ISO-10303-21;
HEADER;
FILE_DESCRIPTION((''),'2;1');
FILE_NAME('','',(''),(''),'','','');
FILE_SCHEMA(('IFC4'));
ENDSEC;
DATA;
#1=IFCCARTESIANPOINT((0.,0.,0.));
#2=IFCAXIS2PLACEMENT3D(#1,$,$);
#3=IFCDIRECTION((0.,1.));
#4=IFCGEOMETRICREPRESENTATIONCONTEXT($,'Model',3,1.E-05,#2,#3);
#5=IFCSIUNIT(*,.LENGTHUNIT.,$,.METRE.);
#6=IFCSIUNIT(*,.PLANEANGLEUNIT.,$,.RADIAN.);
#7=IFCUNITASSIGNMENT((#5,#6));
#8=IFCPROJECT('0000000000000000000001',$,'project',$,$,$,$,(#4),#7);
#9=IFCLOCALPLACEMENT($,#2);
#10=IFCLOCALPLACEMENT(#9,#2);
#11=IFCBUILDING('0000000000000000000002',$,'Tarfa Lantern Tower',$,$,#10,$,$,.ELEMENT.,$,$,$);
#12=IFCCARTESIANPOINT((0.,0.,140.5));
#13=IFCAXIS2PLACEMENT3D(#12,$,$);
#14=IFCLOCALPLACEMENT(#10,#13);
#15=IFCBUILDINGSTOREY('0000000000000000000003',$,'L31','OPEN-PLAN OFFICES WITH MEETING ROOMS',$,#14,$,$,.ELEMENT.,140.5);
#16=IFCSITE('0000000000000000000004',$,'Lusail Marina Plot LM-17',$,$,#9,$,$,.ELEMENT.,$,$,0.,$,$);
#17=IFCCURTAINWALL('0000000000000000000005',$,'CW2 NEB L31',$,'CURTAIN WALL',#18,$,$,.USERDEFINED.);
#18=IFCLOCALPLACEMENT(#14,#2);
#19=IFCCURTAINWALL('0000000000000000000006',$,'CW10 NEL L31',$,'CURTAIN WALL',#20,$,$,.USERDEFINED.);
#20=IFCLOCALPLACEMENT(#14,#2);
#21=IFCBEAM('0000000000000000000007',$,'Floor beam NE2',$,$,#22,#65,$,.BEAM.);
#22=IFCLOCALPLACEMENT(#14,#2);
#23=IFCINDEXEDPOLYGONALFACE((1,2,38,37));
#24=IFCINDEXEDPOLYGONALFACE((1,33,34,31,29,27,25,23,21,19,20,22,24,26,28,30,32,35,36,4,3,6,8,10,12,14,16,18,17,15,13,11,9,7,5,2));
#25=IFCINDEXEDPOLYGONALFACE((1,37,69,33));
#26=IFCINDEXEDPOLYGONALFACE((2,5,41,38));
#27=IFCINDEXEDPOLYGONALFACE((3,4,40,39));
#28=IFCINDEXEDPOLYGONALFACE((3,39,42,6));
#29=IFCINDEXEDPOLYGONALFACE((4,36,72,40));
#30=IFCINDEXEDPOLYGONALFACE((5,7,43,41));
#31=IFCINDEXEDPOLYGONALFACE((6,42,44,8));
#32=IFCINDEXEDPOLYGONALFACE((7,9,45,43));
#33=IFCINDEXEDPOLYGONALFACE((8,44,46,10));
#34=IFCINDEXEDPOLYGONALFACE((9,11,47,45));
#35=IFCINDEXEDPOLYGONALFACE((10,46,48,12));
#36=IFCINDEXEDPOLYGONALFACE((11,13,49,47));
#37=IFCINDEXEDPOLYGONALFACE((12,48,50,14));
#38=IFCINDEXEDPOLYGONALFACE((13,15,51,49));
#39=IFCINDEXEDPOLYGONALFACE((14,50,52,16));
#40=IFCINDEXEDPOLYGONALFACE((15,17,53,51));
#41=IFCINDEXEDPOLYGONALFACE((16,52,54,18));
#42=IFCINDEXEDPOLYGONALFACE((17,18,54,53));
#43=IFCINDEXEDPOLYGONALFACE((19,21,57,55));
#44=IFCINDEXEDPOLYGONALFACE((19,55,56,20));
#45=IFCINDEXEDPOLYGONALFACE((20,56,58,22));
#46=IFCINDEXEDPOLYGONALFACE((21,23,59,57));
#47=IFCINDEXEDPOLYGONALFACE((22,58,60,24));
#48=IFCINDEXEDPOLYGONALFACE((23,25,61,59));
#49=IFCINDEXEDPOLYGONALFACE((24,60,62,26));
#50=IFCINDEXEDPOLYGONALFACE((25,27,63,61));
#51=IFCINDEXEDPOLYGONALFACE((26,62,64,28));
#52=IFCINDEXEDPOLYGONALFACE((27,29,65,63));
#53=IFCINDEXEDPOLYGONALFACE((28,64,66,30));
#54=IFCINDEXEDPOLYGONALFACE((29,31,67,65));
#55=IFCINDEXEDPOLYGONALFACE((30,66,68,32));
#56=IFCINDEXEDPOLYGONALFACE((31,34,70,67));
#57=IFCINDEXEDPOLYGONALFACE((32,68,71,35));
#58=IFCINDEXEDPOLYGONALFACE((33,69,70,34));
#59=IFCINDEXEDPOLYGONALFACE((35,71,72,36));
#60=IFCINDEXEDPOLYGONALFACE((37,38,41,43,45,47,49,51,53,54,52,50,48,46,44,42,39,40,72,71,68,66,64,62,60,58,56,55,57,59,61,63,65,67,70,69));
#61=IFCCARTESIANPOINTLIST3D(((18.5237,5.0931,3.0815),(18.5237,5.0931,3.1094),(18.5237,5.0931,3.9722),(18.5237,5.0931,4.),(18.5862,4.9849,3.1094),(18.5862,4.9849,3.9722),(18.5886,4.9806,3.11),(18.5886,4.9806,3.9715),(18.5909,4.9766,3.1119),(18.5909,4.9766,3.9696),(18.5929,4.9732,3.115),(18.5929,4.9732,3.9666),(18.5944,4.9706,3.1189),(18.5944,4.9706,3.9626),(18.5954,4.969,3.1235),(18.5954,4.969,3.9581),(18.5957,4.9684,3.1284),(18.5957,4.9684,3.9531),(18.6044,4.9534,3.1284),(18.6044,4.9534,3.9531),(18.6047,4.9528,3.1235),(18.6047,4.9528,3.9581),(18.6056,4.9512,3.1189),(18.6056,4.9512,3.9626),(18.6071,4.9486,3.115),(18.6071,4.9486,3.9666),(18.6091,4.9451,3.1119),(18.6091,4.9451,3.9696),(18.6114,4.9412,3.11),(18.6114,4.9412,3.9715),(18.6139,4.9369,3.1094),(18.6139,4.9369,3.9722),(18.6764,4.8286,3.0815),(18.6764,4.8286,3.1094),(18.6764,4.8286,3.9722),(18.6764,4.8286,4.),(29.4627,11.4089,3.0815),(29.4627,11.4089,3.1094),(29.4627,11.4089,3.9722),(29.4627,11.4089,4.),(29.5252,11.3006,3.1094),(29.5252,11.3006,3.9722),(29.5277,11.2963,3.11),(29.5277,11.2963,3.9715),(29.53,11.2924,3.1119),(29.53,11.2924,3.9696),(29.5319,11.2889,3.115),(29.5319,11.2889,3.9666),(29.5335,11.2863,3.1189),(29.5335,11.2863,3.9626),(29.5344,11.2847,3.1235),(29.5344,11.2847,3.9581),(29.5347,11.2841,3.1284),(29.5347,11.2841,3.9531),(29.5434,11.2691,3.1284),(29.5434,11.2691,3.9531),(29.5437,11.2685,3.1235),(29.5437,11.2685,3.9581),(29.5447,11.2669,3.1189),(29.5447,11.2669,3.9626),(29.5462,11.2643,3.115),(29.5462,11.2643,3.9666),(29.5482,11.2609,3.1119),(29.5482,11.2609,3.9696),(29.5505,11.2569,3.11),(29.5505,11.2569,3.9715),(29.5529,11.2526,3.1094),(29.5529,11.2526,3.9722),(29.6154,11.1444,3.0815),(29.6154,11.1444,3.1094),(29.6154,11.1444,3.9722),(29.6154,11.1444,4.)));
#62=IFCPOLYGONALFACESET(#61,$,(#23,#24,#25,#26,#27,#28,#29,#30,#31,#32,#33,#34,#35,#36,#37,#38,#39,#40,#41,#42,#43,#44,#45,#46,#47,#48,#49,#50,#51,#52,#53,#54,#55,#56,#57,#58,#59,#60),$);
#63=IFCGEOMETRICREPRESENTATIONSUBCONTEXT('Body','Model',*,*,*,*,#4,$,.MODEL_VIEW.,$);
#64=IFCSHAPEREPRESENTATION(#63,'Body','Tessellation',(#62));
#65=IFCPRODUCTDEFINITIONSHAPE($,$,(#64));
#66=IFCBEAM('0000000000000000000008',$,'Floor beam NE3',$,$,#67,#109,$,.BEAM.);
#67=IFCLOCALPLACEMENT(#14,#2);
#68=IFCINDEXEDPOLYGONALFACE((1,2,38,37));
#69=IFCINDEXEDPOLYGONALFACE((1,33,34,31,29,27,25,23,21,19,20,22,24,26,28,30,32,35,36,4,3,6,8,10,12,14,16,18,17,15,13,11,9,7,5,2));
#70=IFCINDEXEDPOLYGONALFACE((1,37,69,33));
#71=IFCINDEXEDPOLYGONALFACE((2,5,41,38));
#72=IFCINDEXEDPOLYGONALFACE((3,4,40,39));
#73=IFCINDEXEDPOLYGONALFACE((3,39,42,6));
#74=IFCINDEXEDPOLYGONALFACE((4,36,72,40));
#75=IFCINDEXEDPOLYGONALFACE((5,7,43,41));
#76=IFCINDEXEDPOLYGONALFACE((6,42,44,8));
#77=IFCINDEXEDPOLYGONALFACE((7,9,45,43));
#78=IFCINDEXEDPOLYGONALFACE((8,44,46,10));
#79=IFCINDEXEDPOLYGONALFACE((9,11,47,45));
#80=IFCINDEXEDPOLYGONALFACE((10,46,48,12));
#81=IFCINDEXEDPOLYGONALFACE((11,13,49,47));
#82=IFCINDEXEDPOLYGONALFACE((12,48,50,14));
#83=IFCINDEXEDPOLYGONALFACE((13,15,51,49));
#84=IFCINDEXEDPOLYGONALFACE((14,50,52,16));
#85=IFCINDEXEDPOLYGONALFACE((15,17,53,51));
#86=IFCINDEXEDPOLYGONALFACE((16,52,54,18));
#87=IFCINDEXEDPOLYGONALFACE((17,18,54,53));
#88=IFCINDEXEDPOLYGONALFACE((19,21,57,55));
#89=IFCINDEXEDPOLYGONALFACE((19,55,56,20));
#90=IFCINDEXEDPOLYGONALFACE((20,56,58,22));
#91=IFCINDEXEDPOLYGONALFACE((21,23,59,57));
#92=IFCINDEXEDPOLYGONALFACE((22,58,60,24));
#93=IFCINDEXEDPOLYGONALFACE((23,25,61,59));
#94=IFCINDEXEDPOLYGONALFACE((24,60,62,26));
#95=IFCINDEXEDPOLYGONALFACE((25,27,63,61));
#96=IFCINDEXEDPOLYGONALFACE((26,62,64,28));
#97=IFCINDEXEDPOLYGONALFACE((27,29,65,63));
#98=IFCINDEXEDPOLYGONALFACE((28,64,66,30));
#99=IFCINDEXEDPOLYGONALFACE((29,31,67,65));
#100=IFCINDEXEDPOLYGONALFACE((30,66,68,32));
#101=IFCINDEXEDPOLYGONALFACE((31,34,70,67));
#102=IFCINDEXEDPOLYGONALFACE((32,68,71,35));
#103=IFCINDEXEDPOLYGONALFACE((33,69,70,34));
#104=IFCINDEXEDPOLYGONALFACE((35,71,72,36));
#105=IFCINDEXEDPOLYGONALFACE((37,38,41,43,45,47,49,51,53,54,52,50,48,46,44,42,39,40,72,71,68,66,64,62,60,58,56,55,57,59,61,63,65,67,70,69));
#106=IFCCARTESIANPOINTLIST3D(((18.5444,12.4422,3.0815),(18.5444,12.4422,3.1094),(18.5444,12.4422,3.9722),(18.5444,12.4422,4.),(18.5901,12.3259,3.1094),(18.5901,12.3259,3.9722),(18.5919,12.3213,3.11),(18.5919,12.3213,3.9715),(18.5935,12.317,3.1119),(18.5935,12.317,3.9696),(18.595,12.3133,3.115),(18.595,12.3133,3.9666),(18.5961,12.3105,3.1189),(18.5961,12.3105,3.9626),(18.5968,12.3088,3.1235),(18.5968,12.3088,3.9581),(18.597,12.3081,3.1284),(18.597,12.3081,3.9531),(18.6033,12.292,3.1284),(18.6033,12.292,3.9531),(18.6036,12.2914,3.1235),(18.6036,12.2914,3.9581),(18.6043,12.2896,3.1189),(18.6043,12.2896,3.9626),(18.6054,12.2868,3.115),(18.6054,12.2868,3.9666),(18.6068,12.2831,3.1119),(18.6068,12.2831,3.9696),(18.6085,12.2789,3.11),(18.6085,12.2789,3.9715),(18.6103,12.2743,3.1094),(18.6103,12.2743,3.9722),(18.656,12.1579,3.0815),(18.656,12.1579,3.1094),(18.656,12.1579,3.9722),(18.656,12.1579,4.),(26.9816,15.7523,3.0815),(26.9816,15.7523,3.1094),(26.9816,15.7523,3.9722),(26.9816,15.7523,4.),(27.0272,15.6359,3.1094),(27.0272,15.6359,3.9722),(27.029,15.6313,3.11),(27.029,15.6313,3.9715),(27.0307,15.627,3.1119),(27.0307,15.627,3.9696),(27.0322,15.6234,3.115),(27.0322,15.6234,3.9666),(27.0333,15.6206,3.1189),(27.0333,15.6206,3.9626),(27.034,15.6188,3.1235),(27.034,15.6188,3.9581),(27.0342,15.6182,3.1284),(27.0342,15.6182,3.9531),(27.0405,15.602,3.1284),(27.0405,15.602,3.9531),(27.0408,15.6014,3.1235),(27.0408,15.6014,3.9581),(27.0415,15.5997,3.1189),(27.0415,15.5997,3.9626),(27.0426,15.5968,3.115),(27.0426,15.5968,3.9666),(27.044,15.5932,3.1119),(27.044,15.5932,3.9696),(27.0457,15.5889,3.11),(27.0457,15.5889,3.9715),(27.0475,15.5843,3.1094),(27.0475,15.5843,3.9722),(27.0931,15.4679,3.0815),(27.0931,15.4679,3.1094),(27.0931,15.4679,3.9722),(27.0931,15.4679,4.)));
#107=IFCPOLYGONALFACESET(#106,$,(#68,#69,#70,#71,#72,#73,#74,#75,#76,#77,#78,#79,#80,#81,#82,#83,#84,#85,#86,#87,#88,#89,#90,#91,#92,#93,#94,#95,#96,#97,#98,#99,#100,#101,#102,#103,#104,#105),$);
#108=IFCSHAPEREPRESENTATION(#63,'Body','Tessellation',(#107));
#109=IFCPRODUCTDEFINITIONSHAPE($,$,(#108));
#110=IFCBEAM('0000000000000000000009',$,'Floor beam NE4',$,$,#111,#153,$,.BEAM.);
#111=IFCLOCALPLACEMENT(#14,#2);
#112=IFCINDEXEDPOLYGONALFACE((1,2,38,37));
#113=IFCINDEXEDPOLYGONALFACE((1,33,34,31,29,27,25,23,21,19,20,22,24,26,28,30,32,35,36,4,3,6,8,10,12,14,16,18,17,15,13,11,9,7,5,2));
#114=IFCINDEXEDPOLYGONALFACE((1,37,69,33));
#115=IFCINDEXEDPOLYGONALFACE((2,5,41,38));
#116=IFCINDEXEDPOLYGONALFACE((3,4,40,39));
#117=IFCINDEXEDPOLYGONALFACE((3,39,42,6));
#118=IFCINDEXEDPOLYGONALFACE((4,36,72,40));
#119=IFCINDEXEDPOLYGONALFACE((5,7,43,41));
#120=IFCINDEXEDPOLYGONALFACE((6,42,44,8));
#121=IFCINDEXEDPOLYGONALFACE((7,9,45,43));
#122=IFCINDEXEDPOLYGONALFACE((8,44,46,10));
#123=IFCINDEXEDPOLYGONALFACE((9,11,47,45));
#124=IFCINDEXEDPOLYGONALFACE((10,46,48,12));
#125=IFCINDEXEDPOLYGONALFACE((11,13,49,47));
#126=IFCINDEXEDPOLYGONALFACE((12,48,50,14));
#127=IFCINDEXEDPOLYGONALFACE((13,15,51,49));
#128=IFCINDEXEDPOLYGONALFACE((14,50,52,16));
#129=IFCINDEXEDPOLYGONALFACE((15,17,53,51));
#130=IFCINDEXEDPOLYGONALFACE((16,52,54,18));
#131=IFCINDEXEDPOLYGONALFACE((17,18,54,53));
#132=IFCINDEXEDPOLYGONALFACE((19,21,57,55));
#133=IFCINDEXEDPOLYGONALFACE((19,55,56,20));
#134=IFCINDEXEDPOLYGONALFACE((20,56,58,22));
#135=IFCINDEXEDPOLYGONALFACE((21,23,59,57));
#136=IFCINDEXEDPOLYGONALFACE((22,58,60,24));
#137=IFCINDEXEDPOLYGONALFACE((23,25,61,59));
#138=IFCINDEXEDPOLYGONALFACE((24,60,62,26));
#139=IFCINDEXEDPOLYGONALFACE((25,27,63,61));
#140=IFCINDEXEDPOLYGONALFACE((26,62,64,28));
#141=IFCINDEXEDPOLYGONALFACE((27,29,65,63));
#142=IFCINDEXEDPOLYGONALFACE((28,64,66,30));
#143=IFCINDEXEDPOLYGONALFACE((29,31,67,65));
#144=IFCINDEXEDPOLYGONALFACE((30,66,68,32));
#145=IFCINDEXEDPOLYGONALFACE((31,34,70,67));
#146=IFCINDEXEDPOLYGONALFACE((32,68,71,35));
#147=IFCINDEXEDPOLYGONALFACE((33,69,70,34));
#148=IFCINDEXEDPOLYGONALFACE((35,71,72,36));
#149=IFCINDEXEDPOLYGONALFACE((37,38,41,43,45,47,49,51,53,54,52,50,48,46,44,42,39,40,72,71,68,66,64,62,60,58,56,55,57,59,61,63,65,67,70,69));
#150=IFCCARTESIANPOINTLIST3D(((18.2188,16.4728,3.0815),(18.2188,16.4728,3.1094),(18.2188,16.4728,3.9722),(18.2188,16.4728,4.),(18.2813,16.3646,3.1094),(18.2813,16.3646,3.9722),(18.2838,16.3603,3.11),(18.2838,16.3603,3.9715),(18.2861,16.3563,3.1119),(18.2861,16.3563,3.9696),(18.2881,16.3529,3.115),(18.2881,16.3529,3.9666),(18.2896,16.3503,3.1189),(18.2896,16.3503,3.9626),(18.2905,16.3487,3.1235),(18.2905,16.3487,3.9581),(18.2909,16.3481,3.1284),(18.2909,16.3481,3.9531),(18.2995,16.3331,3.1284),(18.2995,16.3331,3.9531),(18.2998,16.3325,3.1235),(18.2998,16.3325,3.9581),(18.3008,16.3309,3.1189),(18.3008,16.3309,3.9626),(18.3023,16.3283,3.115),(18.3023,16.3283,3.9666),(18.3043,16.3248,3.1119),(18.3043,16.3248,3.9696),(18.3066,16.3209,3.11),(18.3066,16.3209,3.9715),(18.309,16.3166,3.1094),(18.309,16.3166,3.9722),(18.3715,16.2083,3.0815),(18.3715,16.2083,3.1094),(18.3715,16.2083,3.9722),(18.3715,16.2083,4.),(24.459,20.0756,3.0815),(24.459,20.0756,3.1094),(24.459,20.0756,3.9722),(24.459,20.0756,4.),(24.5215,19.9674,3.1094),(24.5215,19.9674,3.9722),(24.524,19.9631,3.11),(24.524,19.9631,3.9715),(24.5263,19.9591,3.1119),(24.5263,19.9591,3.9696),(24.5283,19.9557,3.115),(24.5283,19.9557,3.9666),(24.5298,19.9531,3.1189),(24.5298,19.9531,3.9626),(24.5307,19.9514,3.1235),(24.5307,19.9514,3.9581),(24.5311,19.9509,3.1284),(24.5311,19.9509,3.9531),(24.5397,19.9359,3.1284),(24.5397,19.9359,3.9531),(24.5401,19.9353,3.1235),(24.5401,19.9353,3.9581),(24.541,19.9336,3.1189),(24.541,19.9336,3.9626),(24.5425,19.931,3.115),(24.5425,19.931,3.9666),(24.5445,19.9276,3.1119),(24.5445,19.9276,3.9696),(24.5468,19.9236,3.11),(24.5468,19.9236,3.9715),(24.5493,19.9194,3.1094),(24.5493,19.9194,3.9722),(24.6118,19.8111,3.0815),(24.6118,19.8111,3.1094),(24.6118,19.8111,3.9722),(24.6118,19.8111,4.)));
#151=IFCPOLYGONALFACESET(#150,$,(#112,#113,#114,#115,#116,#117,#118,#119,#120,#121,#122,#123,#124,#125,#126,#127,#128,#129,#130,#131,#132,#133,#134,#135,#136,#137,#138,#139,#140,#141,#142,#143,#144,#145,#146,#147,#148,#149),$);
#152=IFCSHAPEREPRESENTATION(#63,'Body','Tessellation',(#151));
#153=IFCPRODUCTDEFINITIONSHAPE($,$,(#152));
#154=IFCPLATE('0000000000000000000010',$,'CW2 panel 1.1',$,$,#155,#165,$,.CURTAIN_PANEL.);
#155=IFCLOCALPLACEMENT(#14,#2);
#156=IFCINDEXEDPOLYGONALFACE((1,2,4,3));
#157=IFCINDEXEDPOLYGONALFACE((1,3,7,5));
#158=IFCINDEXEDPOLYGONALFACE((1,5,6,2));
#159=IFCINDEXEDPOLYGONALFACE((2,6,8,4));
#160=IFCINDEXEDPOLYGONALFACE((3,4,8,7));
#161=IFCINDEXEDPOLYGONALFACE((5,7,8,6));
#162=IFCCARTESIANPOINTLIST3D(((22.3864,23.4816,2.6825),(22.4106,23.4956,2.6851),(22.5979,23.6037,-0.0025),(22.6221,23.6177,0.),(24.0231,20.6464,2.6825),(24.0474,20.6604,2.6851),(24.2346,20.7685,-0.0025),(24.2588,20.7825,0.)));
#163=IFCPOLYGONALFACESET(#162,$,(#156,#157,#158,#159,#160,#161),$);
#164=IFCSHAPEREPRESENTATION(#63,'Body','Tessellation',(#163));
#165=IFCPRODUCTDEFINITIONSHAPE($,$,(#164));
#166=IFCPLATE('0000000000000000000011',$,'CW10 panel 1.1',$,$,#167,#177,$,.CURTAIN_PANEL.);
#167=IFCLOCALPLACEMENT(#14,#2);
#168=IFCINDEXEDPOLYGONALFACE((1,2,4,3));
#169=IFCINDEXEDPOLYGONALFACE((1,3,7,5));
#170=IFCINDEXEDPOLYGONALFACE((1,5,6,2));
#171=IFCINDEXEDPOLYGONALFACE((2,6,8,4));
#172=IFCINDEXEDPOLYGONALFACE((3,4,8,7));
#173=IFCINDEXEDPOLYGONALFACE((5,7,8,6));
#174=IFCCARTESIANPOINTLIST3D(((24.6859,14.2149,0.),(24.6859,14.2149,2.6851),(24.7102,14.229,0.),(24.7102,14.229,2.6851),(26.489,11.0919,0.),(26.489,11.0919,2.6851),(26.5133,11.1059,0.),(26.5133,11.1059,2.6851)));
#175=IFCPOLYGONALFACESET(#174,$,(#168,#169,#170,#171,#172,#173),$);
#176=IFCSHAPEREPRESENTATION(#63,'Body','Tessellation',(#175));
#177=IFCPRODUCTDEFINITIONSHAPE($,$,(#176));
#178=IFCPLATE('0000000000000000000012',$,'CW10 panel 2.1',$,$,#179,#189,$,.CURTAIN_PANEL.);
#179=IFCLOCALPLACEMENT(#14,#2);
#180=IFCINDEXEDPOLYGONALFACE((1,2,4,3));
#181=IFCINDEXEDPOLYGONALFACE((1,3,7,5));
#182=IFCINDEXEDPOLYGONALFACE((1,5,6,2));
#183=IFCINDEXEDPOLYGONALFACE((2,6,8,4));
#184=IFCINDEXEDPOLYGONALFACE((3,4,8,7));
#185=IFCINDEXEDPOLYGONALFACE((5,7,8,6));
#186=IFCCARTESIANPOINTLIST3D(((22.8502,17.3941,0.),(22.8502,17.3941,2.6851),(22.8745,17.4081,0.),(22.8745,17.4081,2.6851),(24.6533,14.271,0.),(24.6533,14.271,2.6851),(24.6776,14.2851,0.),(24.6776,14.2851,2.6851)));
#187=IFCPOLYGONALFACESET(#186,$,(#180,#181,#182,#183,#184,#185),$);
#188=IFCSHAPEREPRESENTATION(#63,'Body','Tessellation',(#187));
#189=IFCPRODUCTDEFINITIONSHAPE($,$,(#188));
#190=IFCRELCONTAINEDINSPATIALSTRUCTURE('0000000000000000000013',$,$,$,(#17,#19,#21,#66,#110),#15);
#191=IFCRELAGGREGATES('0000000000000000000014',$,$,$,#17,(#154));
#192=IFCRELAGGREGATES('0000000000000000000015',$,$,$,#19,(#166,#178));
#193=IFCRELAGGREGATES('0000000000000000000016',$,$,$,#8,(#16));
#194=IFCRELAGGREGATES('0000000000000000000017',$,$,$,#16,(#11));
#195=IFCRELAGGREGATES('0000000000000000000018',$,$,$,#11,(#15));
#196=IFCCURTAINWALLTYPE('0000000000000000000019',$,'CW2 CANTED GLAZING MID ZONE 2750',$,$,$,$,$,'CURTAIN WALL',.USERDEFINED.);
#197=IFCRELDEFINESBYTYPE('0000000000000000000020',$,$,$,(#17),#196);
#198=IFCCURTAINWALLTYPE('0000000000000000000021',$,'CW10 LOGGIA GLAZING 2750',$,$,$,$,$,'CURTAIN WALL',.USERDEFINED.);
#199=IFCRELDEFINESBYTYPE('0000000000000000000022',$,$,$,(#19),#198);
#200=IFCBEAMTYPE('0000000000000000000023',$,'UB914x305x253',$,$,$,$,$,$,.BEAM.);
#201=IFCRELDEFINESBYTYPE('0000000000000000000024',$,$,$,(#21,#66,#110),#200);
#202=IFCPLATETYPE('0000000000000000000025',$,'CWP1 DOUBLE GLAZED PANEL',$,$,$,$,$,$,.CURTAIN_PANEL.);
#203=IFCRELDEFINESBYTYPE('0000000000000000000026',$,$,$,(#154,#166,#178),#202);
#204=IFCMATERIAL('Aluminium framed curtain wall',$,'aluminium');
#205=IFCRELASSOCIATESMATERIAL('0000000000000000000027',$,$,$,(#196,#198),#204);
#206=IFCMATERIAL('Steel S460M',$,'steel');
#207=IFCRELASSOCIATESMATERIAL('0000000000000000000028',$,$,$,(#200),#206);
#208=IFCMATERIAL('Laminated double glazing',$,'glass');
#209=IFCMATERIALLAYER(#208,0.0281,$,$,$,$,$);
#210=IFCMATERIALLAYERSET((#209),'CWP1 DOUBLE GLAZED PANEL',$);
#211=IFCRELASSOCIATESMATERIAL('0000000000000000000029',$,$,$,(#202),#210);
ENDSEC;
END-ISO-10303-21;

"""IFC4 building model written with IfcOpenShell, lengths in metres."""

from ifc_helpers import new_model, si_unit, direction, frame, origin, origin_2d, place, context, subcontext, project, spatial, polyline, rectangle, i_section, outline, extrude, material, layer, layer_set, material_profile, profile_set, type_object, element, aggregate, save


model = new_model("IFC4")

# Units and contexts
model_context = context("Model", 3, precision=1e-05, world=origin(), true_north=direction((0.0, 1.0)))
body_context = subcontext(model_context, "Body", "Model", "MODEL_VIEW")
ifc_project = project(units=[si_unit("LENGTHUNIT", "METRE"), si_unit("PLANEANGLEUNIT", "RADIAN")], contexts=[model_context])

# Site, building, storey
site_placement = place(None, origin())
site = spatial("IfcSite", under=ifc_project, at=site_placement, Name="Lusail Marina Plot LM-17", CompositionType="ELEMENT", RefElevation=0.0)
building_placement = place(site_placement, origin())
building = spatial("IfcBuilding", under=site, at=building_placement, Name="Tarfa Lantern Tower", CompositionType="ELEMENT")
storey_placement = place(building_placement, frame((0.0, 0.0, 140.5)))
storey = spatial("IfcBuildingStorey", under=building, at=storey_placement, Name="L31", Description="OPEN-PLAN OFFICES WITH MEETING ROOMS", CompositionType="ELEMENT", Elevation=140.5)

# Curtain walls
ifc_material_1 = material(Name="Aluminium framed curtain wall", Category="aluminium")
curtain_wall_type_1 = type_object("IfcCurtainWallType", Name="CW2 CANTED GLAZING MID ZONE 2750", ElementType="CURTAIN WALL", PredefinedType="USERDEFINED", material=ifc_material_1)
curtain_wall_1_placement = place(storey_placement, origin())
curtain_wall_1 = element("IfcCurtainWall", 1, at=curtain_wall_1_placement, inside=storey, type_object=curtain_wall_type_1, Name="CW2 NEB L31", ObjectType="CURTAIN WALL", PredefinedType="USERDEFINED")
curtain_wall_type_2 = type_object("IfcCurtainWallType", Name="CW10 LOGGIA GLAZING 2750", ElementType="CURTAIN WALL", PredefinedType="USERDEFINED", material=ifc_material_1)
curtain_wall_2_placement = place(storey_placement, origin())
curtain_wall_2 = element("IfcCurtainWall", 2, at=curtain_wall_2_placement, inside=storey, type_object=curtain_wall_type_2, Name="CW10 NEL L31", ObjectType="CURTAIN WALL", PredefinedType="USERDEFINED")

# Beams
ifc_material_2 = material(Name="Steel S460M", Category="steel")
ifc_material_profile_1 = material_profile(ifc_material_2, i_section(OverallWidth=0.3054, OverallDepth=0.9185, WebThickness=0.0173, FlangeThickness=0.0278, FilletRadius=0.019, at=origin_2d()), Name="UB914x305x253")
ifc_profile_set_1 = profile_set([ifc_material_profile_1], Name="Steel S460M")
beam_type_1 = type_object("IfcBeamType", Name="UB914x305x253", PredefinedType="BEAM", material=ifc_profile_set_1)
beam_1_placement = place(storey_placement, frame((29.5391, 11.2766, 3.5408), z_axis=(-0.866023, -0.500004, 0.0), x_axis=(0.500004, -0.866023, 0.0)))
element("IfcBeam", 3, at=beam_1_placement, inside=storey, type_object=beam_type_1, Name="Floor beam NE2", PredefinedType="BEAM", context=body_context, shape_type="SweptSolid", body=[
    extrude(i_section(OverallWidth=0.3054, OverallDepth=0.9185, WebThickness=0.0173, FlangeThickness=0.0278, FilletRadius=0.019, at=origin_2d()), origin(), (0.0, 0.0, 1.0), 12.6313),
])
beam_2_placement = place(storey_placement, frame((27.0374, 15.6101, 3.5408), z_axis=(-0.930923, -0.365215, 0.0), x_axis=(0.365215, -0.930923, 0.0)))
element("IfcBeam", 4, at=beam_2_placement, inside=storey, type_object=beam_type_1, Name="Floor beam NE3", PredefinedType="BEAM", context=body_context, shape_type="SweptSolid", body=[
    extrude(i_section(OverallWidth=0.3054, OverallDepth=0.9185, WebThickness=0.0173, FlangeThickness=0.0278, FilletRadius=0.019, at=origin_2d()), origin(), (0.0, 0.0, 1.0), 9.0632),
])
beam_3_placement = place(storey_placement, frame((24.5354, 19.9434, 3.5408), z_axis=(-0.866026, -0.499998, 0.0), x_axis=(0.499998, -0.866026, 0.0)))
element("IfcBeam", 5, at=beam_3_placement, inside=storey, type_object=beam_type_1, Name="Floor beam NE4", PredefinedType="BEAM", context=body_context, shape_type="SweptSolid", body=[
    extrude(i_section(OverallWidth=0.3054, OverallDepth=0.9185, WebThickness=0.0173, FlangeThickness=0.0278, FilletRadius=0.019, at=origin_2d()), origin(), (0.0, 0.0, 1.0), 7.2056),
])

# Plates
ifc_material_3 = material(Name="Laminated double glazing", Category="glass")
ifc_layer_1 = layer(ifc_material_3, 0.0281)
ifc_layer_set_1 = layer_set([ifc_layer_1], Name="CWP1 DOUBLE GLAZED PANEL")
plate_type_1 = type_object("IfcPlateType", Name="CWP1 DOUBLE GLAZED PANEL", PredefinedType="CURTAIN_PANEL", material=ifc_layer_set_1)
plate_1_placement = place(storey_placement, frame((24.2588, 20.7825, 0.0), z_axis=(0.862492, 0.497903, 0.09055), x_axis=(-0.499957, 0.86605, 0.0)))
plate_1 = element("IfcPlate", 6, at=plate_1_placement, type_object=plate_type_1, Name="CW2 panel 1.1", PredefinedType="CURTAIN_PANEL", context=body_context, shape_type="SweptSolid", body=[
    extrude(outline(polyline([(0.0, 0.0), (3.2737, 0.0), (3.2737, 2.6961), (0.0, 2.6961), (0.0, 0.0)])), origin(), (0.0, 0.0, -1.0), 0.0281),
])
aggregate(curtain_wall_1, [plate_1])
plate_2_placement = place(storey_placement, frame((25.5996, 12.6604, 0.0), z_axis=(0.0, 0.0, 1.0), x_axis=(-0.5, 0.866025, 0.0)))
plate_2 = element("IfcPlate", 7, at=plate_2_placement, type_object=plate_type_1, Name="CW10 panel 1.1", PredefinedType="CURTAIN_PANEL", context=body_context, shape_type="SweptSolid", body=[
    extrude(rectangle(XDim=3.6062, YDim=0.0281, at=origin_2d()), origin(), (0.0, 0.0, 1.0), 2.6851),
])
plate_3_placement = place(storey_placement, frame((23.7639, 15.8396, 0.0), z_axis=(0.0, 0.0, 1.0), x_axis=(-0.5, 0.866025, 0.0)))
plate_3 = element("IfcPlate", 8, at=plate_3_placement, type_object=plate_type_1, Name="CW10 panel 2.1", PredefinedType="CURTAIN_PANEL", context=body_context, shape_type="SweptSolid", body=[
    extrude(rectangle(XDim=3.6062, YDim=0.0281, at=origin_2d()), origin(), (0.0, 0.0, 1.0), 2.6851),
])
aggregate(curtain_wall_2, [plate_2, plate_3])

save(model, "model.ifc")
